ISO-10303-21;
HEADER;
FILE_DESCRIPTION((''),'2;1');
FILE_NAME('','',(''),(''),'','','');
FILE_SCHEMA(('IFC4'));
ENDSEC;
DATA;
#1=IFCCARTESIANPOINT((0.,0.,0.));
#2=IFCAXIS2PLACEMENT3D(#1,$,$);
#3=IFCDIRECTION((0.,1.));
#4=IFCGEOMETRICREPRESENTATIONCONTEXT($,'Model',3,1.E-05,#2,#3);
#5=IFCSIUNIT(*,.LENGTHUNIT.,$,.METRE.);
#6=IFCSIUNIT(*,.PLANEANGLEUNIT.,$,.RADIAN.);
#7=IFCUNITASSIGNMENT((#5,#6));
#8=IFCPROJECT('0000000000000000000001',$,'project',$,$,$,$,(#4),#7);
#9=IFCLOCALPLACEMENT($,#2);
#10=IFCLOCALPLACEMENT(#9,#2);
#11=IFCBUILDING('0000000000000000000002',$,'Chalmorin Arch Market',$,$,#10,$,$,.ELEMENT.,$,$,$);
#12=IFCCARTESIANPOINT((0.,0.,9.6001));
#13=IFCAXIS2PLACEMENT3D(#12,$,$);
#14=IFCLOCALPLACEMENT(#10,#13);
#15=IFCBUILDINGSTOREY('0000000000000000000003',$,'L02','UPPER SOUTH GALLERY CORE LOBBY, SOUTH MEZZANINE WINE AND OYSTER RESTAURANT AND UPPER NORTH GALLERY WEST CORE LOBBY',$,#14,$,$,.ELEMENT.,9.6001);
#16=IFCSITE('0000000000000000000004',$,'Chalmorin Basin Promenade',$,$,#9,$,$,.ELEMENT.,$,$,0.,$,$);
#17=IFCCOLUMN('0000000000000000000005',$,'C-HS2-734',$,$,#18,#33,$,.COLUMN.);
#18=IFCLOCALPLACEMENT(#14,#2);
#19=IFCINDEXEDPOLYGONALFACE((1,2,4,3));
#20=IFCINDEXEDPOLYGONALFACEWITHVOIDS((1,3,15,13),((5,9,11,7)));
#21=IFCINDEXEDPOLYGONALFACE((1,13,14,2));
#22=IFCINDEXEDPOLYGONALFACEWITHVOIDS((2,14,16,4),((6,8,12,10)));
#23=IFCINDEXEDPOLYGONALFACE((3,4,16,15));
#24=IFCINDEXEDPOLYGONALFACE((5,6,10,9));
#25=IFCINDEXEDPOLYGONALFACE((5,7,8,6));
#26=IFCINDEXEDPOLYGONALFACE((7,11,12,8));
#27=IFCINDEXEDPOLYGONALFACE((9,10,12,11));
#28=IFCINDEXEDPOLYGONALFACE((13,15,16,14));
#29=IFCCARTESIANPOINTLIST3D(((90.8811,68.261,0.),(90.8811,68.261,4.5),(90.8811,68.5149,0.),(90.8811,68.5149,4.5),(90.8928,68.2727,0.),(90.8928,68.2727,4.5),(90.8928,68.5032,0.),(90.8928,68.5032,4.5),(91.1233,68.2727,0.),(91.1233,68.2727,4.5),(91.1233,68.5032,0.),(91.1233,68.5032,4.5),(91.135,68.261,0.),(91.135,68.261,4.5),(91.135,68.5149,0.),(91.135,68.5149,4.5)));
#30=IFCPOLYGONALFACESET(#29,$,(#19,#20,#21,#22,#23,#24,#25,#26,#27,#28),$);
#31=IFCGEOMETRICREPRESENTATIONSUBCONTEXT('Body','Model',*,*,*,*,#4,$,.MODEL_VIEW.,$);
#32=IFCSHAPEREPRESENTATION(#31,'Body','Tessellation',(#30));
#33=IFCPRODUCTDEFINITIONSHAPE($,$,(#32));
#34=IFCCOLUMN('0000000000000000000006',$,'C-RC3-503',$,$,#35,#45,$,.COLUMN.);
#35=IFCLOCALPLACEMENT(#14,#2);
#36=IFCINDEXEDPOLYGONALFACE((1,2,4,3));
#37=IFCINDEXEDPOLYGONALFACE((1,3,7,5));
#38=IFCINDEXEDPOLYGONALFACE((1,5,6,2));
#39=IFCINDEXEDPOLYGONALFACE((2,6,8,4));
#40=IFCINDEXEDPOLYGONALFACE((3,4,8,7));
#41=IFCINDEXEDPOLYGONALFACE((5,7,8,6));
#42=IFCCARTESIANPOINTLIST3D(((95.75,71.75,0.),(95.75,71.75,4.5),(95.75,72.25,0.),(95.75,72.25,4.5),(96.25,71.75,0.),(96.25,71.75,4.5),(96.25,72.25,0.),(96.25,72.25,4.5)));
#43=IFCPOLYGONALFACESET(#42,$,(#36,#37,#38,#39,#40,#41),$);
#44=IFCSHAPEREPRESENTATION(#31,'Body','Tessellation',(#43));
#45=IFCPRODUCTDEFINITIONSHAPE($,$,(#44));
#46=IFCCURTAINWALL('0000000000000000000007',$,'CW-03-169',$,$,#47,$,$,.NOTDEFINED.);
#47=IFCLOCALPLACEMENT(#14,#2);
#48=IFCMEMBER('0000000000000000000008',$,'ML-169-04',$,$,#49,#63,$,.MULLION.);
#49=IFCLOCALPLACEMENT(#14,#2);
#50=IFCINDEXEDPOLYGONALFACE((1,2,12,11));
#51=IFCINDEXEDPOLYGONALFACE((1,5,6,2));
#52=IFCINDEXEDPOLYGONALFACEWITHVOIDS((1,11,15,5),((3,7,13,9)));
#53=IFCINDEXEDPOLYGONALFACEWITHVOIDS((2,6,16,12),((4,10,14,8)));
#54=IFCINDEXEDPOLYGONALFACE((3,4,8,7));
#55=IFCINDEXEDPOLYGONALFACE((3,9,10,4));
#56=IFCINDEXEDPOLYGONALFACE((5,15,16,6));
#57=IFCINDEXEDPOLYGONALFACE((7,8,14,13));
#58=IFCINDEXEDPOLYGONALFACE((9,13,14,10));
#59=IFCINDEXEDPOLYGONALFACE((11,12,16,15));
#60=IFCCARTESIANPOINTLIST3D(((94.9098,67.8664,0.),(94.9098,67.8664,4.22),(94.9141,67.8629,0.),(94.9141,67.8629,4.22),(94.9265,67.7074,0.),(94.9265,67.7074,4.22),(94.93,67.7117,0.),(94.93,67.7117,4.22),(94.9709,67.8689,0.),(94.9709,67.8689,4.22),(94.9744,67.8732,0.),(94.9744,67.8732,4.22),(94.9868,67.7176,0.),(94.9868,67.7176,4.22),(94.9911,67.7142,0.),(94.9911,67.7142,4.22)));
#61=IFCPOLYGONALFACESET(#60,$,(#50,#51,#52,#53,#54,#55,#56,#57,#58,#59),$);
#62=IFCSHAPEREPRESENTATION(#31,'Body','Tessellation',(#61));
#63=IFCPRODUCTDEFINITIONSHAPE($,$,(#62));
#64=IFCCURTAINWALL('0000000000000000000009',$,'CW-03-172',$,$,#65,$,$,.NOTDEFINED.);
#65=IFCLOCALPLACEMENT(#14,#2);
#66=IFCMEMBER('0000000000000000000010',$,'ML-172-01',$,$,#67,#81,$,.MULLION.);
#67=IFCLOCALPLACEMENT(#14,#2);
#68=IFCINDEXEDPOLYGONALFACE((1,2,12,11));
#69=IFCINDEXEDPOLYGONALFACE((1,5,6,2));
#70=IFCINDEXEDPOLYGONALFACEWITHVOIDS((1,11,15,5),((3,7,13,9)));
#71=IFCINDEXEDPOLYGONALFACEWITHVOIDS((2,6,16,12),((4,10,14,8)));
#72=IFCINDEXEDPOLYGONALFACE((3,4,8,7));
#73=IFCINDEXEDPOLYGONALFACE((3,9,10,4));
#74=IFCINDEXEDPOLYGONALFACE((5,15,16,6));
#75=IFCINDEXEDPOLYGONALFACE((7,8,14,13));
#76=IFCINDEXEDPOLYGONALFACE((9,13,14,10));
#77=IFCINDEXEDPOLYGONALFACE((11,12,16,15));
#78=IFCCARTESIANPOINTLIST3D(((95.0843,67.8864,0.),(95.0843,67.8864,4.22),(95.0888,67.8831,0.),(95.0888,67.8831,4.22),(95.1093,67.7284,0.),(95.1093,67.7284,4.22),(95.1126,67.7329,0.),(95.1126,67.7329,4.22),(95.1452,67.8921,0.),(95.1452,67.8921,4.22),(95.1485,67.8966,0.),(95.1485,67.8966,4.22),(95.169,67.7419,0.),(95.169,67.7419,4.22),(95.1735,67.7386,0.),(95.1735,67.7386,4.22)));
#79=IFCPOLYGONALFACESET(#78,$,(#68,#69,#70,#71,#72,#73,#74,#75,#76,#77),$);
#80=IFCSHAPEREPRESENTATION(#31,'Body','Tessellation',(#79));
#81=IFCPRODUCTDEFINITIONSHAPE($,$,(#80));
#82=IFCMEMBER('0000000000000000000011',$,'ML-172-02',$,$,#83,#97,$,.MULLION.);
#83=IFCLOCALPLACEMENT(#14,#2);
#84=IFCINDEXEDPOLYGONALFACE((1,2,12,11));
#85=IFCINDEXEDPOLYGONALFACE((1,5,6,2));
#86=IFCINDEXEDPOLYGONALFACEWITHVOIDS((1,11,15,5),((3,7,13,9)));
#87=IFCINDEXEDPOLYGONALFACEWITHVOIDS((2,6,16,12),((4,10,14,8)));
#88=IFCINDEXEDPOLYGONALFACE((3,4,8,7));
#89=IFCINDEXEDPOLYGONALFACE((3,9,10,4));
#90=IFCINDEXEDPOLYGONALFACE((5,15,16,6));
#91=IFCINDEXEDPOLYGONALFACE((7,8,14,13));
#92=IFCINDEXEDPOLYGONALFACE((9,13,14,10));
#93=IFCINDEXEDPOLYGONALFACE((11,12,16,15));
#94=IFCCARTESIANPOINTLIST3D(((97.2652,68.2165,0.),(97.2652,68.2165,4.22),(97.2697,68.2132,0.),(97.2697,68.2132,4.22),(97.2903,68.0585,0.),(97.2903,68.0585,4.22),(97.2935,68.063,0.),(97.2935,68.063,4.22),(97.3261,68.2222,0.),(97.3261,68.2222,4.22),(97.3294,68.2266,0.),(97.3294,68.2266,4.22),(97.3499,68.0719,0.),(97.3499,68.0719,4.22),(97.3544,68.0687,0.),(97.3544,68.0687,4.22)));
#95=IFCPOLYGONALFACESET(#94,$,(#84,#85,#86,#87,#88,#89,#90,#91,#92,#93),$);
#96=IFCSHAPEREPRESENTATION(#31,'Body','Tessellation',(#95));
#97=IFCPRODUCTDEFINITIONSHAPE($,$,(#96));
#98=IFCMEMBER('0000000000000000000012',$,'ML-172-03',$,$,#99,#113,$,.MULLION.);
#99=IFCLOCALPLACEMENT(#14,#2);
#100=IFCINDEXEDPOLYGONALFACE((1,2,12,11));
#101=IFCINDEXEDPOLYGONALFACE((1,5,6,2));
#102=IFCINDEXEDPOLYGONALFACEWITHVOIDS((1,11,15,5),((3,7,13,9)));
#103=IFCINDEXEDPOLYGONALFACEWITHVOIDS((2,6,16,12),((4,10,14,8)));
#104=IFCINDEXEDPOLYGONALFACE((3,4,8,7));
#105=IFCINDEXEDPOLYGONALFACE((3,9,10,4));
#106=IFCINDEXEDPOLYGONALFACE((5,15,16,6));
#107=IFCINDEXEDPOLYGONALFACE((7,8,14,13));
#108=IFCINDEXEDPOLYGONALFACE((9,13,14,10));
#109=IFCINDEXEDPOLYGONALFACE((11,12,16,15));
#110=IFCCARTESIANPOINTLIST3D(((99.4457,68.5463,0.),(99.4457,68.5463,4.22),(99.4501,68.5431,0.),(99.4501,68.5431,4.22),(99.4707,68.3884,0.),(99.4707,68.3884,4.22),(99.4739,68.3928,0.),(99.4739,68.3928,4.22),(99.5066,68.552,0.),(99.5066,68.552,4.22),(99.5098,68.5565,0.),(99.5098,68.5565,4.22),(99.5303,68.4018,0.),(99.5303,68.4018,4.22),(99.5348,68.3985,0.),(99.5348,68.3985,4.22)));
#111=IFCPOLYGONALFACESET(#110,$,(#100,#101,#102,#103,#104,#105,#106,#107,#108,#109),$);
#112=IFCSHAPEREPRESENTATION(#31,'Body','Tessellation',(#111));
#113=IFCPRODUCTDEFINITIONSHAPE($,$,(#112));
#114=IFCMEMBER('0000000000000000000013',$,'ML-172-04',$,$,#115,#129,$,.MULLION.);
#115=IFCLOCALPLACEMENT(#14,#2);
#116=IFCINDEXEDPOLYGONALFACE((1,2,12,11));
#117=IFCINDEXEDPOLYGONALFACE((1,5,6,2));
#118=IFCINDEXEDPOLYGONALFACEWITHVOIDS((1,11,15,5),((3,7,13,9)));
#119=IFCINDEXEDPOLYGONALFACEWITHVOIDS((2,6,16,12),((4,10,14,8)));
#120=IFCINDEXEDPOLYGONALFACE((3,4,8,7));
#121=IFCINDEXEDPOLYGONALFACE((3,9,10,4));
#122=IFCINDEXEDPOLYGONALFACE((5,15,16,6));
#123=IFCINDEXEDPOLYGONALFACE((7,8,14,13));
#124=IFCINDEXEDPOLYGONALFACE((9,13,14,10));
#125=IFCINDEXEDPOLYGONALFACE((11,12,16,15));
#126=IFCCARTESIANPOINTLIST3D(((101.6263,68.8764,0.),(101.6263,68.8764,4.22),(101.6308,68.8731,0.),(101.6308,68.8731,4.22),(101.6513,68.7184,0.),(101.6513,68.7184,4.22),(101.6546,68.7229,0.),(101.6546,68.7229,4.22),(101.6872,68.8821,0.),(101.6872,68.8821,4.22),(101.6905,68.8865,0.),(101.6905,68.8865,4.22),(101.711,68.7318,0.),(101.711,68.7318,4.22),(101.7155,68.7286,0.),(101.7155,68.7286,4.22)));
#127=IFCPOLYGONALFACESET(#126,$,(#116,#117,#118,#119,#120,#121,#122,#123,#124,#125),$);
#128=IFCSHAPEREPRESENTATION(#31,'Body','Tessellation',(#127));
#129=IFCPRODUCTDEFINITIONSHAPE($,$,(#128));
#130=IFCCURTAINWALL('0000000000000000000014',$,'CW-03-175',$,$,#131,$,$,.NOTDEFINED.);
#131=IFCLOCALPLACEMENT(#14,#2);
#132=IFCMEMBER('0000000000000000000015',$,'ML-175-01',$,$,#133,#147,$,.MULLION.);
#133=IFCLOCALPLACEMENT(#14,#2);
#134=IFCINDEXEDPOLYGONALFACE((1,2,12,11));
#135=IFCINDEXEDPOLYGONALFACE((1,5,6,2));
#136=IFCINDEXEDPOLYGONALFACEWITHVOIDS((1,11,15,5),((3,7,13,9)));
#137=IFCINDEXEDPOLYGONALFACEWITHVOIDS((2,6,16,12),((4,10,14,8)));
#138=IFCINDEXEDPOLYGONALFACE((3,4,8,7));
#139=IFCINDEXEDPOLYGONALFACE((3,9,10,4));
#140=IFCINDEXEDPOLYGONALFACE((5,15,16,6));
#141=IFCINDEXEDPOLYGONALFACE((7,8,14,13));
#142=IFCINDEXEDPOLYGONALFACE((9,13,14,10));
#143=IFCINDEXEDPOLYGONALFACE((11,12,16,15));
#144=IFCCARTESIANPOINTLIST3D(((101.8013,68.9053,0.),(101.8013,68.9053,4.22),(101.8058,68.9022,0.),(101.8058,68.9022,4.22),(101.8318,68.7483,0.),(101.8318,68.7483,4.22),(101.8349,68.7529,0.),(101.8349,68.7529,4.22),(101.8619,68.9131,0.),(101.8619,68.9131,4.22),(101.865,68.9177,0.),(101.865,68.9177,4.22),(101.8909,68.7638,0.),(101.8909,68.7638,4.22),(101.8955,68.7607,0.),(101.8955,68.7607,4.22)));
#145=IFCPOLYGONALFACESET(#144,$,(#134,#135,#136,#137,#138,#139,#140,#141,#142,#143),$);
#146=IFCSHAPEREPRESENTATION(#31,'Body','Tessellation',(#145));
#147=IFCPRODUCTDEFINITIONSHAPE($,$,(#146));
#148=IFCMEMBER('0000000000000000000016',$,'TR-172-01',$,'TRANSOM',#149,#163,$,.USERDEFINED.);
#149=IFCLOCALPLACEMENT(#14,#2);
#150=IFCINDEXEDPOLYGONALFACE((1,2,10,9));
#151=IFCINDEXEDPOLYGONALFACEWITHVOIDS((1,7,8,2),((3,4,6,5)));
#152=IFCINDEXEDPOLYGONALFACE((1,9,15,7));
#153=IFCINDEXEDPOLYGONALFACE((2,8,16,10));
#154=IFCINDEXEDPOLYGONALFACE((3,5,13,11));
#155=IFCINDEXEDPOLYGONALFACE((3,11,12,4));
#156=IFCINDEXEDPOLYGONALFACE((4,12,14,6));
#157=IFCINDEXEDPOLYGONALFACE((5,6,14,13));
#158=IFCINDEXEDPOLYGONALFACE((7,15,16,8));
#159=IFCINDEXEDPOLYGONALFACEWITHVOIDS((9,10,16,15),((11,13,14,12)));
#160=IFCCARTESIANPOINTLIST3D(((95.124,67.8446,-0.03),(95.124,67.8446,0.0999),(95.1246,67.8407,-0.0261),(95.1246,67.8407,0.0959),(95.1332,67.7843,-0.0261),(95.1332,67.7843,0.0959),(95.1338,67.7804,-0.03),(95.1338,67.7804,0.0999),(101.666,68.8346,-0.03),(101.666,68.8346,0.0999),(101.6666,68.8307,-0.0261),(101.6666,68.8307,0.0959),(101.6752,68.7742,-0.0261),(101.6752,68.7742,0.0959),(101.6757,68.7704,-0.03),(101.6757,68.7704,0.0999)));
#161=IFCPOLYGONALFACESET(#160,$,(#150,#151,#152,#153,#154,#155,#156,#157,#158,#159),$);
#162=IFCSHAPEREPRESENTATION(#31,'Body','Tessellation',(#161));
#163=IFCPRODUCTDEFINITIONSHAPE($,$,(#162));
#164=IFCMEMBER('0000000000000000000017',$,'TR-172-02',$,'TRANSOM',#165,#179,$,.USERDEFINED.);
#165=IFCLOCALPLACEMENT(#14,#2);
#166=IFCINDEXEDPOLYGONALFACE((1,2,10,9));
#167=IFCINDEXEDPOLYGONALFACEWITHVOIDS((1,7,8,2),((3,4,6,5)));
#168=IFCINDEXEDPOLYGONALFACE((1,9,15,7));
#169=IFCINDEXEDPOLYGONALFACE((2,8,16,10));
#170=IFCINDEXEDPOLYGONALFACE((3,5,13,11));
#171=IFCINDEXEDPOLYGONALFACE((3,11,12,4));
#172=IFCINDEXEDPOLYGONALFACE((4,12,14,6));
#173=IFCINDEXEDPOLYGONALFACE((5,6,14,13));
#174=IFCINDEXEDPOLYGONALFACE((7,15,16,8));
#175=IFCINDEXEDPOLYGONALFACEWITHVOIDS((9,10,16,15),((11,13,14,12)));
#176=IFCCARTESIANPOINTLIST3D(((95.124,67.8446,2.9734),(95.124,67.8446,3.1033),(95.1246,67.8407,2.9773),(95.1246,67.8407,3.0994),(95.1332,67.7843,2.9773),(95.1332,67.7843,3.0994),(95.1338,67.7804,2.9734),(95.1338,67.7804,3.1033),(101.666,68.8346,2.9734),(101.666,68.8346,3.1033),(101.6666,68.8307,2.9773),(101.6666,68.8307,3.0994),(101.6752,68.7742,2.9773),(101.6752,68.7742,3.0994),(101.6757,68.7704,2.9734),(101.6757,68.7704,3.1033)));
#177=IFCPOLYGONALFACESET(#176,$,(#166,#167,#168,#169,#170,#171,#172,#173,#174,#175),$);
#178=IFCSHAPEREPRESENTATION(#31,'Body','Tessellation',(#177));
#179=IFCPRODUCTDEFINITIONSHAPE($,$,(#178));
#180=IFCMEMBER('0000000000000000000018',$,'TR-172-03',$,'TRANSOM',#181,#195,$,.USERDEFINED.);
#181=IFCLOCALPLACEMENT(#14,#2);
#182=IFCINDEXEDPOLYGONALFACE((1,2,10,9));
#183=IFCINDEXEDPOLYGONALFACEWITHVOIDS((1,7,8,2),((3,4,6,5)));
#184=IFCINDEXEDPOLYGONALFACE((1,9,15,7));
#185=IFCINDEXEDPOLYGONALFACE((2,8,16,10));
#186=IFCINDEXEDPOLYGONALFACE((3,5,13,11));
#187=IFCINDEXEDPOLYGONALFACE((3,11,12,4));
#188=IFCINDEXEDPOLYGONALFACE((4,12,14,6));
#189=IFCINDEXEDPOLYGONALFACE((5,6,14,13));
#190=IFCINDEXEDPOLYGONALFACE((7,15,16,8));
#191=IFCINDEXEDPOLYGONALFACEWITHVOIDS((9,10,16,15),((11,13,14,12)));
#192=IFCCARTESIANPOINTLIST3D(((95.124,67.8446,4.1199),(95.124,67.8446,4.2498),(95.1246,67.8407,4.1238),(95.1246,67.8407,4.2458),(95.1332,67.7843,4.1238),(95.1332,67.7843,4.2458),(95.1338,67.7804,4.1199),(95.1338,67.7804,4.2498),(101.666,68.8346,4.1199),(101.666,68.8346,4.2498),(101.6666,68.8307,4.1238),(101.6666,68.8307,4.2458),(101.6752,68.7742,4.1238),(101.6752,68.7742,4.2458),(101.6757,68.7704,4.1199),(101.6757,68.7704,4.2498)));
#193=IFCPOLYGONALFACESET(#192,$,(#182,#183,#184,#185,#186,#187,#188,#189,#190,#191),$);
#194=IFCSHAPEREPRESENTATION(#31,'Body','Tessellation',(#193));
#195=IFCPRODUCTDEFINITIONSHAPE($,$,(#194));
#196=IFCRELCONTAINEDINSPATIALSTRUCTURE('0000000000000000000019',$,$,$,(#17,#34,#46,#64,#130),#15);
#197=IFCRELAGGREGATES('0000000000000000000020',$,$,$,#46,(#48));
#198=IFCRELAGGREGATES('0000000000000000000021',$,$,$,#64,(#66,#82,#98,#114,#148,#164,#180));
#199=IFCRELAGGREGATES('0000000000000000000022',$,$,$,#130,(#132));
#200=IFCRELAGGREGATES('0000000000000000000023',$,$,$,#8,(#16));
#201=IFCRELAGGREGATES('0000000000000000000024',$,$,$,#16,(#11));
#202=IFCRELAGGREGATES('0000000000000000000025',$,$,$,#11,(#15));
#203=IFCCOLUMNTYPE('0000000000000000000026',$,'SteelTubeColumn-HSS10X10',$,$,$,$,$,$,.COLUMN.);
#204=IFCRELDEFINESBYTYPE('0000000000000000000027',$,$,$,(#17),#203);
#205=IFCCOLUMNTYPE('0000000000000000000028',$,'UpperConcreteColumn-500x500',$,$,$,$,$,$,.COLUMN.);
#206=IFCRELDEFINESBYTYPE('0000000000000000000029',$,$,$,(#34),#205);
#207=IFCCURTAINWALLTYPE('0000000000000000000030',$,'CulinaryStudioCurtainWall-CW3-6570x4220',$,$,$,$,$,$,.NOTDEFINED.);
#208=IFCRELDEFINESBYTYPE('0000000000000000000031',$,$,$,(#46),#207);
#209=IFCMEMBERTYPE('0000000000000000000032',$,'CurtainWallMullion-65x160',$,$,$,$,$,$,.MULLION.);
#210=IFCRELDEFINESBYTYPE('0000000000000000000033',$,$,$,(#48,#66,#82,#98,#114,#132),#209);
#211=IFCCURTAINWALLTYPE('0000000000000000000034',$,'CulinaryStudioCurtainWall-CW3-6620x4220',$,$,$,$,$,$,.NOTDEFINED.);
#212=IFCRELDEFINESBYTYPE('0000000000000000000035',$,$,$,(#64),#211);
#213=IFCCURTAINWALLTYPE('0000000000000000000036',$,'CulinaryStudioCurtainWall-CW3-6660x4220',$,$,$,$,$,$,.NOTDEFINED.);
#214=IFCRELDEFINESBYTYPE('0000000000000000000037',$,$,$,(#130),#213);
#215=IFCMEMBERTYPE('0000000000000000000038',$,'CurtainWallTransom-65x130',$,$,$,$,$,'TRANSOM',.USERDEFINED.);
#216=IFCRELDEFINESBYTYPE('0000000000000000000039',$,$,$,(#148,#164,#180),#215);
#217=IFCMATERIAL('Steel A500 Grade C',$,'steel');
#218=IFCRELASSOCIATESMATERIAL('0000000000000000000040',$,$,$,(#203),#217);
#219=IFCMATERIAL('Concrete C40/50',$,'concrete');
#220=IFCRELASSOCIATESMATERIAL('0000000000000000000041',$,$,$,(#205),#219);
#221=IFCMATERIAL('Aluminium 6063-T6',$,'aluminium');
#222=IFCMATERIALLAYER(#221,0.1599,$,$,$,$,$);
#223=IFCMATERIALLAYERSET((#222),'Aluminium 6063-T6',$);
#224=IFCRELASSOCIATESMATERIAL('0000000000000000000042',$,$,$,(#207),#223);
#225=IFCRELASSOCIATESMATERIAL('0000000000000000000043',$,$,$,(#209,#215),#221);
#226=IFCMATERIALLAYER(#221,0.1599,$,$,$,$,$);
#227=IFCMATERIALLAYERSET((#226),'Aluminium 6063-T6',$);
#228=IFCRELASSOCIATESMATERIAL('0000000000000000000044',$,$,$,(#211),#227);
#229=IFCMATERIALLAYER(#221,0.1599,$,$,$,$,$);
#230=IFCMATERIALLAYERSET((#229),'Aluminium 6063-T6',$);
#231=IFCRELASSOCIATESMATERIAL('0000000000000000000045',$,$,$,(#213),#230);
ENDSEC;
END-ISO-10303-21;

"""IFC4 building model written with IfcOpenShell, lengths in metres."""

from ifc_helpers import new_model, si_unit, direction, frame, origin, origin_2d, place, context, subcontext, project, spatial, rectangle, hollow_rectangle, extrude, material, layer, layer_set, material_profile, profile_set, type_object, element, aggregate, save


model = new_model("IFC4")

# Units and contexts
model_context = context("Model", 3, precision=1e-05, world=origin(), true_north=direction((0.0, 1.0)))
body_context = subcontext(model_context, "Body", "Model", "MODEL_VIEW")
ifc_project = project(units=[si_unit("LENGTHUNIT", "METRE"), si_unit("PLANEANGLEUNIT", "RADIAN")], contexts=[model_context])

# Site, building, storey
site_placement = place(None, origin())
site = spatial("IfcSite", under=ifc_project, at=site_placement, Name="Chalmorin Basin Promenade", CompositionType="ELEMENT", RefElevation=0.0)
building_placement = place(site_placement, origin())
building = spatial("IfcBuilding", under=site, at=building_placement, Name="Chalmorin Arch Market", CompositionType="ELEMENT")
storey_placement = place(building_placement, frame((0.0, 0.0, 9.6001)))
storey = spatial("IfcBuildingStorey", under=building, at=storey_placement, Name="L02", Description="UPPER SOUTH GALLERY CORE LOBBY, SOUTH MEZZANINE WINE AND OYSTER RESTAURANT AND UPPER NORTH GALLERY WEST CORE LOBBY", CompositionType="ELEMENT", Elevation=9.6001)

# Columns
ifc_material_1 = material(Name="Steel A500 Grade C", Category="steel")
ifc_material_profile_1 = material_profile(ifc_material_1, hollow_rectangle(XDim=0.2539, YDim=0.2539, WallThickness=0.0117, at=origin_2d()), Name="HSS10X10X1/2")
ifc_profile_set_1 = profile_set([ifc_material_profile_1], Name="Steel A500 Grade C")
column_type_1 = type_object("IfcColumnType", Name="SteelTubeColumn-HSS10X10", PredefinedType="COLUMN", material=ifc_profile_set_1)
column_1_placement = place(storey_placement, frame((91.0081, 68.3879, 0.0), z_axis=(0.0, 0.0, 1.0), x_axis=(1.0, 0.0, 0.0)))
element("IfcColumn", 1, at=column_1_placement, inside=storey, type_object=column_type_1, Name="C-HS2-734", PredefinedType="COLUMN", context=body_context, shape_type="SweptSolid", body=[
    extrude(hollow_rectangle(XDim=0.2539, YDim=0.2539, WallThickness=0.0117, at=origin_2d()), origin(), (0.0, 0.0, 1.0), 4.5),
])
ifc_material_2 = material(Name="Concrete C40/50", Category="concrete")
ifc_material_profile_2 = material_profile(ifc_material_2, rectangle(XDim=0.5, YDim=0.5, at=origin_2d()), Name="RC500X500")
ifc_profile_set_2 = profile_set([ifc_material_profile_2], Name="Concrete C40/50")
column_type_2 = type_object("IfcColumnType", Name="UpperConcreteColumn-500x500", PredefinedType="COLUMN", material=ifc_profile_set_2)
column_2_placement = place(storey_placement, frame((96.0, 72.0, 0.0), z_axis=(0.0, 0.0, 1.0), x_axis=(1.0, 0.0, 0.0)))
element("IfcColumn", 2, at=column_2_placement, inside=storey, type_object=column_type_2, Name="C-RC3-503", PredefinedType="COLUMN", context=body_context, shape_type="SweptSolid", body=[
    extrude(rectangle(XDim=0.5, YDim=0.5, at=origin_2d()), origin(), (0.0, 0.0, 1.0), 4.5),
])

# Curtain wall, member
ifc_material_3 = material(Name="Aluminium 6063-T6", Category="aluminium")
ifc_layer_1 = layer(ifc_material_3, 0.1599)
ifc_layer_set_1 = layer_set([ifc_layer_1], Name="Aluminium 6063-T6")
curtain_wall_type_1 = type_object("IfcCurtainWallType", Name="CulinaryStudioCurtainWall-CW3-6570x4220", PredefinedType="NOTDEFINED", material=ifc_layer_set_1)
curtain_wall_1_placement = place(storey_placement, origin())
curtain_wall_1 = element("IfcCurtainWall", 3, at=curtain_wall_1_placement, inside=storey, type_object=curtain_wall_type_1, Name="CW-03-169", PredefinedType="NOTDEFINED")
ifc_material_profile_3 = material_profile(ifc_material_3, hollow_rectangle(XDim=0.0649, YDim=0.1599, WallThickness=0.0039, at=origin_2d()), Name="ALU65X160X4")
ifc_profile_set_3 = profile_set([ifc_material_profile_3], Name="Aluminium 6063-T6")
member_type_1 = type_object("IfcMemberType", Name="CurtainWallMullion-65x160", PredefinedType="MULLION", material=ifc_profile_set_3)
member_1_placement = place(storey_placement, frame((94.9504, 67.7903, 0.0), z_axis=(0.0, 0.0, 1.0), x_axis=(0.994522, 0.104528, 0.0)))
member_1 = element("IfcMember", 4, at=member_1_placement, type_object=member_type_1, Name="ML-169-04", PredefinedType="MULLION", context=body_context, shape_type="SweptSolid", body=[
    extrude(hollow_rectangle(XDim=0.0649, YDim=0.1599, WallThickness=0.0039, at=origin_2d()), origin(), (0.0, 0.0, 1.0), 4.22),
])

# Curtain wall, members
ifc_layer_2 = layer(ifc_material_3, 0.1599)
ifc_layer_set_2 = layer_set([ifc_layer_2], Name="Aluminium 6063-T6")
curtain_wall_type_2 = type_object("IfcCurtainWallType", Name="CulinaryStudioCurtainWall-CW3-6620x4220", PredefinedType="NOTDEFINED", material=ifc_layer_set_2)
curtain_wall_2_placement = place(storey_placement, origin())
curtain_wall_2 = element("IfcCurtainWall", 5, at=curtain_wall_2_placement, inside=storey, type_object=curtain_wall_type_2, Name="CW-03-172", PredefinedType="NOTDEFINED")
member_2_placement = place(storey_placement, frame((95.1289, 67.8125, 0.0), z_axis=(0.0, 0.0, 1.0), x_axis=(0.987688, 0.156434, 0.0)))
member_2 = element("IfcMember", 6, at=member_2_placement, type_object=member_type_1, Name="ML-172-01", PredefinedType="MULLION", context=body_context, shape_type="SweptSolid", body=[
    extrude(hollow_rectangle(XDim=0.0649, YDim=0.1599, WallThickness=0.0039, at=origin_2d()), origin(), (0.0, 0.0, 1.0), 4.22),
])
member_3_placement = place(storey_placement, frame((97.3098, 68.1426, 0.0), z_axis=(0.0, 0.0, 1.0), x_axis=(0.987688, 0.156434, 0.0)))
member_3 = element("IfcMember", 7, at=member_3_placement, type_object=member_type_1, Name="ML-172-02", PredefinedType="MULLION", context=body_context, shape_type="SweptSolid", body=[
    extrude(hollow_rectangle(XDim=0.0649, YDim=0.1599, WallThickness=0.0039, at=origin_2d()), origin(), (0.0, 0.0, 1.0), 4.22),
])
member_4_placement = place(storey_placement, frame((99.4902, 68.4724, 0.0), z_axis=(0.0, 0.0, 1.0), x_axis=(0.987688, 0.156434, 0.0)))
member_4 = element("IfcMember", 8, at=member_4_placement, type_object=member_type_1, Name="ML-172-03", PredefinedType="MULLION", context=body_context, shape_type="SweptSolid", body=[
    extrude(hollow_rectangle(XDim=0.0649, YDim=0.1599, WallThickness=0.0039, at=origin_2d()), origin(), (0.0, 0.0, 1.0), 4.22),
])
member_5_placement = place(storey_placement, frame((101.6709, 68.8025, 0.0), z_axis=(0.0, 0.0, 1.0), x_axis=(0.987688, 0.156434, 0.0)))
member_5 = element("IfcMember", 9, at=member_5_placement, type_object=member_type_1, Name="ML-172-04", PredefinedType="MULLION", context=body_context, shape_type="SweptSolid", body=[
    extrude(hollow_rectangle(XDim=0.0649, YDim=0.1599, WallThickness=0.0039, at=origin_2d()), origin(), (0.0, 0.0, 1.0), 4.22),
])

# Curtain wall, member
ifc_layer_3 = layer(ifc_material_3, 0.1599)
ifc_layer_set_3 = layer_set([ifc_layer_3], Name="Aluminium 6063-T6")
curtain_wall_type_3 = type_object("IfcCurtainWallType", Name="CulinaryStudioCurtainWall-CW3-6660x4220", PredefinedType="NOTDEFINED", material=ifc_layer_set_3)
curtain_wall_3_placement = place(storey_placement, origin())
curtain_wall_3 = element("IfcCurtainWall", 10, at=curtain_wall_3_placement, inside=storey, type_object=curtain_wall_type_3, Name="CW-03-175", PredefinedType="NOTDEFINED")
member_6_placement = place(storey_placement, frame((101.8484, 68.833, 0.0), z_axis=(0.0, 0.0, 1.0), x_axis=(0.981627, 0.190809, 0.0)))
member_6 = element("IfcMember", 11, at=member_6_placement, type_object=member_type_1, Name="ML-175-01", PredefinedType="MULLION", context=body_context, shape_type="SweptSolid", body=[
    extrude(hollow_rectangle(XDim=0.0649, YDim=0.1599, WallThickness=0.0039, at=origin_2d()), origin(), (0.0, 0.0, 1.0), 4.22),
])

# Members
ifc_material_profile_4 = material_profile(ifc_material_3, hollow_rectangle(XDim=0.0649, YDim=0.1299, WallThickness=0.0039, at=origin_2d()), Name="ALU65X130X4")
ifc_profile_set_4 = profile_set([ifc_material_profile_4], Name="Aluminium 6063-T6")
member_type_2 = type_object("IfcMemberType", Name="CurtainWallTransom-65x130", ElementType="TRANSOM", PredefinedType="USERDEFINED", material=ifc_profile_set_4)
member_7_placement = place(storey_placement, frame((95.1289, 67.8125, 0.0349), z_axis=(0.988743, 0.149625, 0.0), x_axis=(-0.149625, 0.988743, 0.0)))
member_7 = element("IfcMember", 12, at=member_7_placement, type_object=member_type_2, Name="TR-172-01", ObjectType="TRANSOM", PredefinedType="USERDEFINED", context=body_context, shape_type="SweptSolid", body=[
    extrude(hollow_rectangle(XDim=0.0649, YDim=0.1299, WallThickness=0.0039, at=origin_2d()), origin(), (0.0, 0.0, 1.0), 6.6165),
])
member_8_placement = place(storey_placement, frame((95.1289, 67.8125, 3.0383), z_axis=(0.988743, 0.149625, 0.0), x_axis=(-0.149625, 0.988743, 0.0)))
member_8 = element("IfcMember", 13, at=member_8_placement, type_object=member_type_2, Name="TR-172-02", ObjectType="TRANSOM", PredefinedType="USERDEFINED", context=body_context, shape_type="SweptSolid", body=[
    extrude(hollow_rectangle(XDim=0.0649, YDim=0.1299, WallThickness=0.0039, at=origin_2d()), origin(), (0.0, 0.0, 1.0), 6.6165),
])
member_9_placement = place(storey_placement, frame((95.1289, 67.8125, 4.1848), z_axis=(0.988743, 0.149625, 0.0), x_axis=(-0.149625, 0.988743, 0.0)))
member_9 = element("IfcMember", 14, at=member_9_placement, type_object=member_type_2, Name="TR-172-03", ObjectType="TRANSOM", PredefinedType="USERDEFINED", context=body_context, shape_type="SweptSolid", body=[
    extrude(hollow_rectangle(XDim=0.0649, YDim=0.1299, WallThickness=0.0039, at=origin_2d()), origin(), (0.0, 0.0, 1.0), 6.6165),
])

aggregate(curtain_wall_1, [member_1])
aggregate(curtain_wall_2, [member_2, member_3, member_4, member_5, member_7, member_8, member_9])
aggregate(curtain_wall_3, [member_6])

save(model, "model.ifc")
